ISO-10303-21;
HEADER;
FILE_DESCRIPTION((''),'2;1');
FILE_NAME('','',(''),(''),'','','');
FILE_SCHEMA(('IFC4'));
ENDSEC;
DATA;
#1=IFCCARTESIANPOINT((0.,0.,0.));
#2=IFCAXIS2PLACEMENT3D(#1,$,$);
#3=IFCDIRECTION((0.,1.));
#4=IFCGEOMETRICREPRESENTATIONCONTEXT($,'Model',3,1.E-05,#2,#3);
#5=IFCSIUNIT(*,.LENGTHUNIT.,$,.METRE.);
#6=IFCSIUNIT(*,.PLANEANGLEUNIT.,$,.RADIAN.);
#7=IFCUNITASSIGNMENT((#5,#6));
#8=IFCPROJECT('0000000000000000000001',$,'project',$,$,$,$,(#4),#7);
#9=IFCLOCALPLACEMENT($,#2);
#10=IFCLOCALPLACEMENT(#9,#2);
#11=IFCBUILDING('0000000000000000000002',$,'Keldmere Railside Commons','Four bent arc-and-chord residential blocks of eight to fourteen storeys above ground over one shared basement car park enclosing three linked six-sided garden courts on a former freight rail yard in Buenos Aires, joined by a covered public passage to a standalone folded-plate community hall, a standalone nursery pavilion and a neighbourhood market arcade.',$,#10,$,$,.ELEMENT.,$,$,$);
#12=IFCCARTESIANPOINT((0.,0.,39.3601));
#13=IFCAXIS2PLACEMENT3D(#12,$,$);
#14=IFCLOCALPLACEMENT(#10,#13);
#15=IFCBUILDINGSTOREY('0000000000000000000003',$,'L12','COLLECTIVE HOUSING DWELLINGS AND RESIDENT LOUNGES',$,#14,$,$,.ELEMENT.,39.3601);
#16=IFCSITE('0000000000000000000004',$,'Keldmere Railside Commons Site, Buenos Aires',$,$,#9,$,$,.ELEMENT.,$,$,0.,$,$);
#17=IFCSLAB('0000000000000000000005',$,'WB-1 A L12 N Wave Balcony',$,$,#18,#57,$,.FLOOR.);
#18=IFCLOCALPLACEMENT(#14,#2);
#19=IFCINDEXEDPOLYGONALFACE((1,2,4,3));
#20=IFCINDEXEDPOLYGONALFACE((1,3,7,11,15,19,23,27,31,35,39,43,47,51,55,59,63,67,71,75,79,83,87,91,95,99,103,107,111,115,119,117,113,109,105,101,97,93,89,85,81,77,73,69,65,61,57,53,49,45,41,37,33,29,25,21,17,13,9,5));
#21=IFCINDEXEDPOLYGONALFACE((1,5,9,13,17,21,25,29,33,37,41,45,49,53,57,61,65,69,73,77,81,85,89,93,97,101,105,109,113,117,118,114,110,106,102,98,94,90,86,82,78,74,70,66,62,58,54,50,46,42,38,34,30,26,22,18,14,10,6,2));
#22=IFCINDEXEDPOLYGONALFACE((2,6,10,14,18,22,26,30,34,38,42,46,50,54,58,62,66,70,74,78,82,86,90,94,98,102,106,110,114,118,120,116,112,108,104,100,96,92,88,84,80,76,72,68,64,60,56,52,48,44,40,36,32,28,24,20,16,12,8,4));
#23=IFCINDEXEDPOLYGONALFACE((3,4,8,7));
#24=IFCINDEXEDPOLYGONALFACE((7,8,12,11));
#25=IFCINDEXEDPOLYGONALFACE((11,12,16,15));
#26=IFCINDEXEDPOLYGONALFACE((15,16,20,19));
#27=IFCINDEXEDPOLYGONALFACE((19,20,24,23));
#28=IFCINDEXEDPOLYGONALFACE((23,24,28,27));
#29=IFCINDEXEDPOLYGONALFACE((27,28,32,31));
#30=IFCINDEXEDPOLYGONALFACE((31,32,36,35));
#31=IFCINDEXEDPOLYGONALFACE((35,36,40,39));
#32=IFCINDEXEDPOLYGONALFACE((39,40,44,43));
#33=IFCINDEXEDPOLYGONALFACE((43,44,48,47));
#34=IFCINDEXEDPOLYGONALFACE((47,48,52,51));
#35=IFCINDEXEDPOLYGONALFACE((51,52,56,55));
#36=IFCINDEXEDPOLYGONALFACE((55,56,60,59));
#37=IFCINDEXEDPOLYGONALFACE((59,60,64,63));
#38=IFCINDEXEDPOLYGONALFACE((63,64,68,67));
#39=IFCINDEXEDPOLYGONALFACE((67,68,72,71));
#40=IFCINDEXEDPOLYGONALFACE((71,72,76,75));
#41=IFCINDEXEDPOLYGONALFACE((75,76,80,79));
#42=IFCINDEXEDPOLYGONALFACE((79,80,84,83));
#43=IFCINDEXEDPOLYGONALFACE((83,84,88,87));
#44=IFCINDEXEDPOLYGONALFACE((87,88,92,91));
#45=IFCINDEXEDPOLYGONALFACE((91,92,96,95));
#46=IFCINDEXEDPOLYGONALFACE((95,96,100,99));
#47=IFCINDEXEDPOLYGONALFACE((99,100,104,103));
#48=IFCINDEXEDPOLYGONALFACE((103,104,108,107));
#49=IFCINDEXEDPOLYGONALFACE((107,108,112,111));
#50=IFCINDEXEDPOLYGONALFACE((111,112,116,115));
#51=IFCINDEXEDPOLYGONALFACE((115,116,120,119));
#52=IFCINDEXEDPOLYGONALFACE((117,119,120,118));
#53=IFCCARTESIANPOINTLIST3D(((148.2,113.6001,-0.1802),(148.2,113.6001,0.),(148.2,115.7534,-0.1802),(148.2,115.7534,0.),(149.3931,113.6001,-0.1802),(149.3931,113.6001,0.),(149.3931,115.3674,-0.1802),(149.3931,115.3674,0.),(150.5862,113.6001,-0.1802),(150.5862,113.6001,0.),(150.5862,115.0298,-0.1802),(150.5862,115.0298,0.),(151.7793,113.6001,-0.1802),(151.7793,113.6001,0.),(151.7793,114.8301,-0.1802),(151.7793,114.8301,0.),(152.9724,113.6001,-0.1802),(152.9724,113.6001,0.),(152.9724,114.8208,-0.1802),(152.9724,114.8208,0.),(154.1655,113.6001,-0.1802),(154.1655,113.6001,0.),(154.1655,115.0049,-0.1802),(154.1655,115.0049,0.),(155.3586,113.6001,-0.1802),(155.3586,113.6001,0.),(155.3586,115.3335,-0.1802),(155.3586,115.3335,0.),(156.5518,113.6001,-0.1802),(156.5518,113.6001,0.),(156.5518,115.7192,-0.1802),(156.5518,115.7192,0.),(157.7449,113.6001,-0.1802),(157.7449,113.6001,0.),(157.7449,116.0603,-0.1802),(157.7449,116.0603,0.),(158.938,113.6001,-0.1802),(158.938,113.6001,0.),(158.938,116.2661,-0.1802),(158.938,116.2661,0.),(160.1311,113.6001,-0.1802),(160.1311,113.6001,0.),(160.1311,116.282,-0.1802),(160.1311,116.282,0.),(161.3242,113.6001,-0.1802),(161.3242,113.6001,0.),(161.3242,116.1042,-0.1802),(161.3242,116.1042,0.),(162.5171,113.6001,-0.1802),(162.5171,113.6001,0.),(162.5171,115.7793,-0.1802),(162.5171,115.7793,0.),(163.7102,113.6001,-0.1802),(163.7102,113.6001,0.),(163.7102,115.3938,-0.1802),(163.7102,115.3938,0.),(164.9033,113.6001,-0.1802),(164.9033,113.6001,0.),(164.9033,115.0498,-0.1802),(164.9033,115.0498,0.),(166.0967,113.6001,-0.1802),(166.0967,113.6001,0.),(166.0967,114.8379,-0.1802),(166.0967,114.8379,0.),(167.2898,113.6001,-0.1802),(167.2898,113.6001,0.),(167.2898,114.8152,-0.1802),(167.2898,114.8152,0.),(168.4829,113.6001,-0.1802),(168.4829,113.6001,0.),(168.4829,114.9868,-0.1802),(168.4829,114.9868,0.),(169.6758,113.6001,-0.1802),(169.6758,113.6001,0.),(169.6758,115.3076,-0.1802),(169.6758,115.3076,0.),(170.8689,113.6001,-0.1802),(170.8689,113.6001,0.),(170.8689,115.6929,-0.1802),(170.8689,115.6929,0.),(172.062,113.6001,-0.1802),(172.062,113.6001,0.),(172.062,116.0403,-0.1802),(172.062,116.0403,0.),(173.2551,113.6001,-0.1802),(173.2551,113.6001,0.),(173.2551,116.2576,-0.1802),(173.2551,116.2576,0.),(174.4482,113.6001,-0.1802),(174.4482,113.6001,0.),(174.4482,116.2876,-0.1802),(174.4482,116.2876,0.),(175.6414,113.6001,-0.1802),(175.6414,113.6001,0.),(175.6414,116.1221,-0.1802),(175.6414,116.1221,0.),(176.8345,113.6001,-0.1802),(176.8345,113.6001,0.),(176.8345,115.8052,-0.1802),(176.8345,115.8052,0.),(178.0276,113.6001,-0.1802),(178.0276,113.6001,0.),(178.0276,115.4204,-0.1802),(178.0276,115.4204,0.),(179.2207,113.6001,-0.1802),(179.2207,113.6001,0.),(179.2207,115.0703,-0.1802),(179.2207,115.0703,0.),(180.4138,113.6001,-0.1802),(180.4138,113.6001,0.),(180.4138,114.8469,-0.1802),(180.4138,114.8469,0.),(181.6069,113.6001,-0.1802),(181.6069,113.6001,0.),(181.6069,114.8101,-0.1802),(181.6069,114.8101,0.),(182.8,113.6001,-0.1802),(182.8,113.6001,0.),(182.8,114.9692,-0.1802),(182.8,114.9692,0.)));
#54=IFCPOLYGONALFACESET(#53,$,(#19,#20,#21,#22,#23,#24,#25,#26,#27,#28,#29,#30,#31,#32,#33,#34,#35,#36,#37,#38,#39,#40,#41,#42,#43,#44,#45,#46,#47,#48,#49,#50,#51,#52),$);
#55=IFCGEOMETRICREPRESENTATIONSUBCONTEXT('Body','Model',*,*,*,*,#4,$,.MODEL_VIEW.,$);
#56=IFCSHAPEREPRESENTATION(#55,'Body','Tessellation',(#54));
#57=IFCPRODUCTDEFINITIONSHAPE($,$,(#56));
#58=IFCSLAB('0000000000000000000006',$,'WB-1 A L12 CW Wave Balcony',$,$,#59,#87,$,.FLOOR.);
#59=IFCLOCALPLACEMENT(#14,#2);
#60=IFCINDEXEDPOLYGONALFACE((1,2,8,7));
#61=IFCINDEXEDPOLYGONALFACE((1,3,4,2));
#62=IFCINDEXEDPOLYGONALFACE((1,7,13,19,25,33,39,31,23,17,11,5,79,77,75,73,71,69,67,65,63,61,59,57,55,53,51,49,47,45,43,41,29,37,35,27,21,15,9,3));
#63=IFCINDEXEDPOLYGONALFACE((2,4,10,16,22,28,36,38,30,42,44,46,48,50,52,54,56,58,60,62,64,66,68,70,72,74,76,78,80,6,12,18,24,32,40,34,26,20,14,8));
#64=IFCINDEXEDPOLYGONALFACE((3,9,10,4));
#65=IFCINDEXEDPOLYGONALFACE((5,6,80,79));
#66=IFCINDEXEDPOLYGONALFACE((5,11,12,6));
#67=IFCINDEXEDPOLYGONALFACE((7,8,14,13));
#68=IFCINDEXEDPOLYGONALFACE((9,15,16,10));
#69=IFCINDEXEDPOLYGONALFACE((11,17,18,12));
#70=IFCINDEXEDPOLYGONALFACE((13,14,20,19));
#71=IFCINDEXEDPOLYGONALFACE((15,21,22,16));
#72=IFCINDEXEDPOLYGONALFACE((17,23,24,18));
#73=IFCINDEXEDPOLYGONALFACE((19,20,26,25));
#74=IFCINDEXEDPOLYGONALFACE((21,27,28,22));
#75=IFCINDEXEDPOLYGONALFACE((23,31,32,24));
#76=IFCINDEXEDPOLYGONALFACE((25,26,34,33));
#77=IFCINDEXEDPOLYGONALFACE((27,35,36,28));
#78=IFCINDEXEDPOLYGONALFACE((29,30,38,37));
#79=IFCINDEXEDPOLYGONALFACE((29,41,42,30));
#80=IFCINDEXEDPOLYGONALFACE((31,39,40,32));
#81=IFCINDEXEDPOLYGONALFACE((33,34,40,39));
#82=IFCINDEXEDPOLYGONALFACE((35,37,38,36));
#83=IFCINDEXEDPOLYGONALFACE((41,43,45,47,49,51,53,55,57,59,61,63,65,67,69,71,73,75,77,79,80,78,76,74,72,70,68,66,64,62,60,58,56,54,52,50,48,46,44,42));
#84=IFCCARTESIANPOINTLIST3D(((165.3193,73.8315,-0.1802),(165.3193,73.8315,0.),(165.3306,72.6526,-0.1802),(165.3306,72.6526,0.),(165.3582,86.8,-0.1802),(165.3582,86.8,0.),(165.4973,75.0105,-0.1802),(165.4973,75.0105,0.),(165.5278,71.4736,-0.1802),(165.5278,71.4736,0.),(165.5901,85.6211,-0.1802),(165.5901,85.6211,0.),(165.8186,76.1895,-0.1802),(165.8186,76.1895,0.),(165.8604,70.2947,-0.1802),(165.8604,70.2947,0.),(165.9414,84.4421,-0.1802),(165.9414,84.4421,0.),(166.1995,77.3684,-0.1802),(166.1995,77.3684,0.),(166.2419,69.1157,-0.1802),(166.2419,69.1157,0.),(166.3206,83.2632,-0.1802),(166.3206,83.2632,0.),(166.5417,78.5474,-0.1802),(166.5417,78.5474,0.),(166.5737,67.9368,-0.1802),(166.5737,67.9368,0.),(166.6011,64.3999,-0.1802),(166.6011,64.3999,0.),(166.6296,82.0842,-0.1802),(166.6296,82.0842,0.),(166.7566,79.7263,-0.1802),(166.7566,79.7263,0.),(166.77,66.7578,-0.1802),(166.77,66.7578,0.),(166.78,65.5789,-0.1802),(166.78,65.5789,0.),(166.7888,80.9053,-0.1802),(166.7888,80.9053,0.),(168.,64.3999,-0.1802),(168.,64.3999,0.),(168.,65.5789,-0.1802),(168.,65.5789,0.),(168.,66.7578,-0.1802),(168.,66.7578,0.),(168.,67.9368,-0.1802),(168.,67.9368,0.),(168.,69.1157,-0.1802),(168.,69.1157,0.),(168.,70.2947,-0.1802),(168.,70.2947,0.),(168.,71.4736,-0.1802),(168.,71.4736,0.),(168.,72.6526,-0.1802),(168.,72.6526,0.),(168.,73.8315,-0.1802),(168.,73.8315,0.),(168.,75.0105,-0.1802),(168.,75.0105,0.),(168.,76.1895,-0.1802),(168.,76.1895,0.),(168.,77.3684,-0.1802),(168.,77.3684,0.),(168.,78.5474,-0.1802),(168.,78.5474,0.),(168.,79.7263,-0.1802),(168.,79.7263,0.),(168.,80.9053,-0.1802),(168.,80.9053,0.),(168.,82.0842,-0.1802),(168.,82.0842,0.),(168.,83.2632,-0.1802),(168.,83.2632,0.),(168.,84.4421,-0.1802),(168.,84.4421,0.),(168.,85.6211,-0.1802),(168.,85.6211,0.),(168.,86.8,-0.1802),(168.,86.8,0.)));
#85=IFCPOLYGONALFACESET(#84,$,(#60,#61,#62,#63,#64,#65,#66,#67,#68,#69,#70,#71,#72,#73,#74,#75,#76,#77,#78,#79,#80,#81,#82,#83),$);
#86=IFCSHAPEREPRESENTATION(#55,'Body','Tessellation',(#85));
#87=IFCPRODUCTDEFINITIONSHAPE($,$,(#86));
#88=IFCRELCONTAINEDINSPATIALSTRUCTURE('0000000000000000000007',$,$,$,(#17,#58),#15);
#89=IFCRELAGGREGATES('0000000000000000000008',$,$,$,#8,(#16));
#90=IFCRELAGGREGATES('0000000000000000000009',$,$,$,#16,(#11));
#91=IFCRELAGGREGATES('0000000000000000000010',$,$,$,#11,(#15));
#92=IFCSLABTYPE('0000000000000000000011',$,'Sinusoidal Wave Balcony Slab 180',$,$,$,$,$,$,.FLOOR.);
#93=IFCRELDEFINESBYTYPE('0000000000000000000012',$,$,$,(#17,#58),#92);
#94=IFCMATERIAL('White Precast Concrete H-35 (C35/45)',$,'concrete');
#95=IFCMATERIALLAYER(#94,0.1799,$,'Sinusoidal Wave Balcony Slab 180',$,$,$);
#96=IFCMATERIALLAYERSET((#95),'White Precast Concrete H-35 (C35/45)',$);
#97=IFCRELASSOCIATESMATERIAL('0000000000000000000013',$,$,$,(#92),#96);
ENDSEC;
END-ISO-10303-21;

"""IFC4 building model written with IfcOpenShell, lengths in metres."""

from ifc_helpers import new_model, si_unit, direction, frame, origin, place, context, subcontext, project, spatial, polyline, outline, extrude, material, layer, layer_set, type_object, element, save


model = new_model("IFC4")

# Units and contexts
model_context = context("Model", 3, precision=1e-05, world=origin(), true_north=direction((0.0, 1.0)))
body_context = subcontext(model_context, "Body", "Model", "MODEL_VIEW")
ifc_project = project(units=[si_unit("LENGTHUNIT", "METRE"), si_unit("PLANEANGLEUNIT", "RADIAN")], contexts=[model_context])

# Site, building, storey
site_placement = place(None, origin())
site = spatial("IfcSite", under=ifc_project, at=site_placement, Name="Keldmere Railside Commons Site, Buenos Aires", CompositionType="ELEMENT", RefElevation=0.0)
building_placement = place(site_placement, origin())
building = spatial("IfcBuilding", under=site, at=building_placement, Name="Keldmere Railside Commons", Description="Four bent arc-and-chord residential blocks of eight to fourteen storeys above ground over one shared basement car park enclosing three linked six-sided garden courts on a former freight rail yard in Buenos Aires, joined by a covered public passage to a standalone folded-plate community hall, a standalone nursery pavilion and a neighbourhood market arcade.", CompositionType="ELEMENT")
storey_placement = place(building_placement, frame((0.0, 0.0, 39.3601)))
storey = spatial("IfcBuildingStorey", under=building, at=storey_placement, Name="L12", Description="COLLECTIVE HOUSING DWELLINGS AND RESIDENT LOUNGES", CompositionType="ELEMENT", Elevation=39.3601)

# Slabs
ifc_material_1 = material(Name="White Precast Concrete H-35 (C35/45)", Category="concrete")
ifc_layer_1 = layer(ifc_material_1, 0.1799, Name="Sinusoidal Wave Balcony Slab 180")
ifc_layer_set_1 = layer_set([ifc_layer_1], Name="White Precast Concrete H-35 (C35/45)")
slab_type_1 = type_object("IfcSlabType", Name="Sinusoidal Wave Balcony Slab 180", PredefinedType="FLOOR", material=ifc_layer_set_1)
slab_1_placement = place(storey_placement, frame((0.0, 0.0, -0.1802)))
element("IfcSlab", 1, at=slab_1_placement, inside=storey, type_object=slab_type_1, Name="WB-1 A L12 N Wave Balcony", PredefinedType="FLOOR", context=body_context, shape_type="SweptSolid", body=[
    extrude(outline(polyline([(148.2, 113.6001), (149.3931, 113.6001), (150.5862, 113.6001), (151.7793, 113.6001), (152.9724, 113.6001), (154.1655, 113.6001), (155.3586, 113.6001), (156.5518, 113.6001), (157.7449, 113.6001), (158.938, 113.6001), (160.1311, 113.6001), (161.3242, 113.6001), (162.5171, 113.6001), (163.7102, 113.6001), (164.9033, 113.6001), (166.0967, 113.6001), (167.2898, 113.6001), (168.4829, 113.6001), (169.6758, 113.6001), (170.8689, 113.6001), (172.062, 113.6001), (173.2551, 113.6001), (174.4482, 113.6001), (175.6414, 113.6001), (176.8345, 113.6001), (178.0276, 113.6001), (179.2207, 113.6001), (180.4138, 113.6001), (181.6069, 113.6001), (182.8, 113.6001), (182.8, 114.9692), (181.6069, 114.8101), (180.4138, 114.8469), (179.2207, 115.0703), (178.0276, 115.4204), (176.8345, 115.8052), (175.6414, 116.1221), (174.4482, 116.2876), (173.2551, 116.2576), (172.062, 116.0403), (170.8689, 115.6929), (169.6758, 115.3076), (168.4829, 114.9868), (167.2898, 114.8152), (166.0967, 114.8379), (164.9033, 115.0498), (163.7102, 115.3938), (162.5171, 115.7793), (161.3242, 116.1042), (160.1311, 116.282), (158.938, 116.2661), (157.7449, 116.0603), (156.5518, 115.7192), (155.3586, 115.3335), (154.1655, 115.0049), (152.9724, 114.8208), (151.7793, 114.8301), (150.5862, 115.0298), (149.3931, 115.3674), (148.2, 115.7534), (148.2, 113.6001)])), origin(), (0.0, 0.0, 1.0), 0.1802),
])
slab_2_placement = place(storey_placement, frame((0.0, 0.0, -0.1802)))
element("IfcSlab", 2, at=slab_2_placement, inside=storey, type_object=slab_type_1, Name="WB-1 A L12 CW Wave Balcony", PredefinedType="FLOOR", context=body_context, shape_type="SweptSolid", body=[
    extrude(outline(polyline([(168.0, 64.3999), (168.0, 65.5789), (168.0, 66.7578), (168.0, 67.9368), (168.0, 69.1157), (168.0, 70.2947), (168.0, 71.4736), (168.0, 72.6526), (168.0, 73.8315), (168.0, 75.0105), (168.0, 76.1895), (168.0, 77.3684), (168.0, 78.5474), (168.0, 79.7263), (168.0, 80.9053), (168.0, 82.0842), (168.0, 83.2632), (168.0, 84.4421), (168.0, 85.6211), (168.0, 86.8), (165.3582, 86.8), (165.5901, 85.6211), (165.9414, 84.4421), (166.3206, 83.2632), (166.6296, 82.0842), (166.7888, 80.9053), (166.7566, 79.7263), (166.5417, 78.5474), (166.1995, 77.3684), (165.8186, 76.1895), (165.4973, 75.0105), (165.3193, 73.8315), (165.3306, 72.6526), (165.5278, 71.4736), (165.8604, 70.2947), (166.2419, 69.1157), (166.5737, 67.9368), (166.77, 66.7578), (166.78, 65.5789), (166.6011, 64.3999), (168.0, 64.3999)])), origin(), (0.0, 0.0, 1.0), 0.1802),
])

save(model, "model.ifc")
